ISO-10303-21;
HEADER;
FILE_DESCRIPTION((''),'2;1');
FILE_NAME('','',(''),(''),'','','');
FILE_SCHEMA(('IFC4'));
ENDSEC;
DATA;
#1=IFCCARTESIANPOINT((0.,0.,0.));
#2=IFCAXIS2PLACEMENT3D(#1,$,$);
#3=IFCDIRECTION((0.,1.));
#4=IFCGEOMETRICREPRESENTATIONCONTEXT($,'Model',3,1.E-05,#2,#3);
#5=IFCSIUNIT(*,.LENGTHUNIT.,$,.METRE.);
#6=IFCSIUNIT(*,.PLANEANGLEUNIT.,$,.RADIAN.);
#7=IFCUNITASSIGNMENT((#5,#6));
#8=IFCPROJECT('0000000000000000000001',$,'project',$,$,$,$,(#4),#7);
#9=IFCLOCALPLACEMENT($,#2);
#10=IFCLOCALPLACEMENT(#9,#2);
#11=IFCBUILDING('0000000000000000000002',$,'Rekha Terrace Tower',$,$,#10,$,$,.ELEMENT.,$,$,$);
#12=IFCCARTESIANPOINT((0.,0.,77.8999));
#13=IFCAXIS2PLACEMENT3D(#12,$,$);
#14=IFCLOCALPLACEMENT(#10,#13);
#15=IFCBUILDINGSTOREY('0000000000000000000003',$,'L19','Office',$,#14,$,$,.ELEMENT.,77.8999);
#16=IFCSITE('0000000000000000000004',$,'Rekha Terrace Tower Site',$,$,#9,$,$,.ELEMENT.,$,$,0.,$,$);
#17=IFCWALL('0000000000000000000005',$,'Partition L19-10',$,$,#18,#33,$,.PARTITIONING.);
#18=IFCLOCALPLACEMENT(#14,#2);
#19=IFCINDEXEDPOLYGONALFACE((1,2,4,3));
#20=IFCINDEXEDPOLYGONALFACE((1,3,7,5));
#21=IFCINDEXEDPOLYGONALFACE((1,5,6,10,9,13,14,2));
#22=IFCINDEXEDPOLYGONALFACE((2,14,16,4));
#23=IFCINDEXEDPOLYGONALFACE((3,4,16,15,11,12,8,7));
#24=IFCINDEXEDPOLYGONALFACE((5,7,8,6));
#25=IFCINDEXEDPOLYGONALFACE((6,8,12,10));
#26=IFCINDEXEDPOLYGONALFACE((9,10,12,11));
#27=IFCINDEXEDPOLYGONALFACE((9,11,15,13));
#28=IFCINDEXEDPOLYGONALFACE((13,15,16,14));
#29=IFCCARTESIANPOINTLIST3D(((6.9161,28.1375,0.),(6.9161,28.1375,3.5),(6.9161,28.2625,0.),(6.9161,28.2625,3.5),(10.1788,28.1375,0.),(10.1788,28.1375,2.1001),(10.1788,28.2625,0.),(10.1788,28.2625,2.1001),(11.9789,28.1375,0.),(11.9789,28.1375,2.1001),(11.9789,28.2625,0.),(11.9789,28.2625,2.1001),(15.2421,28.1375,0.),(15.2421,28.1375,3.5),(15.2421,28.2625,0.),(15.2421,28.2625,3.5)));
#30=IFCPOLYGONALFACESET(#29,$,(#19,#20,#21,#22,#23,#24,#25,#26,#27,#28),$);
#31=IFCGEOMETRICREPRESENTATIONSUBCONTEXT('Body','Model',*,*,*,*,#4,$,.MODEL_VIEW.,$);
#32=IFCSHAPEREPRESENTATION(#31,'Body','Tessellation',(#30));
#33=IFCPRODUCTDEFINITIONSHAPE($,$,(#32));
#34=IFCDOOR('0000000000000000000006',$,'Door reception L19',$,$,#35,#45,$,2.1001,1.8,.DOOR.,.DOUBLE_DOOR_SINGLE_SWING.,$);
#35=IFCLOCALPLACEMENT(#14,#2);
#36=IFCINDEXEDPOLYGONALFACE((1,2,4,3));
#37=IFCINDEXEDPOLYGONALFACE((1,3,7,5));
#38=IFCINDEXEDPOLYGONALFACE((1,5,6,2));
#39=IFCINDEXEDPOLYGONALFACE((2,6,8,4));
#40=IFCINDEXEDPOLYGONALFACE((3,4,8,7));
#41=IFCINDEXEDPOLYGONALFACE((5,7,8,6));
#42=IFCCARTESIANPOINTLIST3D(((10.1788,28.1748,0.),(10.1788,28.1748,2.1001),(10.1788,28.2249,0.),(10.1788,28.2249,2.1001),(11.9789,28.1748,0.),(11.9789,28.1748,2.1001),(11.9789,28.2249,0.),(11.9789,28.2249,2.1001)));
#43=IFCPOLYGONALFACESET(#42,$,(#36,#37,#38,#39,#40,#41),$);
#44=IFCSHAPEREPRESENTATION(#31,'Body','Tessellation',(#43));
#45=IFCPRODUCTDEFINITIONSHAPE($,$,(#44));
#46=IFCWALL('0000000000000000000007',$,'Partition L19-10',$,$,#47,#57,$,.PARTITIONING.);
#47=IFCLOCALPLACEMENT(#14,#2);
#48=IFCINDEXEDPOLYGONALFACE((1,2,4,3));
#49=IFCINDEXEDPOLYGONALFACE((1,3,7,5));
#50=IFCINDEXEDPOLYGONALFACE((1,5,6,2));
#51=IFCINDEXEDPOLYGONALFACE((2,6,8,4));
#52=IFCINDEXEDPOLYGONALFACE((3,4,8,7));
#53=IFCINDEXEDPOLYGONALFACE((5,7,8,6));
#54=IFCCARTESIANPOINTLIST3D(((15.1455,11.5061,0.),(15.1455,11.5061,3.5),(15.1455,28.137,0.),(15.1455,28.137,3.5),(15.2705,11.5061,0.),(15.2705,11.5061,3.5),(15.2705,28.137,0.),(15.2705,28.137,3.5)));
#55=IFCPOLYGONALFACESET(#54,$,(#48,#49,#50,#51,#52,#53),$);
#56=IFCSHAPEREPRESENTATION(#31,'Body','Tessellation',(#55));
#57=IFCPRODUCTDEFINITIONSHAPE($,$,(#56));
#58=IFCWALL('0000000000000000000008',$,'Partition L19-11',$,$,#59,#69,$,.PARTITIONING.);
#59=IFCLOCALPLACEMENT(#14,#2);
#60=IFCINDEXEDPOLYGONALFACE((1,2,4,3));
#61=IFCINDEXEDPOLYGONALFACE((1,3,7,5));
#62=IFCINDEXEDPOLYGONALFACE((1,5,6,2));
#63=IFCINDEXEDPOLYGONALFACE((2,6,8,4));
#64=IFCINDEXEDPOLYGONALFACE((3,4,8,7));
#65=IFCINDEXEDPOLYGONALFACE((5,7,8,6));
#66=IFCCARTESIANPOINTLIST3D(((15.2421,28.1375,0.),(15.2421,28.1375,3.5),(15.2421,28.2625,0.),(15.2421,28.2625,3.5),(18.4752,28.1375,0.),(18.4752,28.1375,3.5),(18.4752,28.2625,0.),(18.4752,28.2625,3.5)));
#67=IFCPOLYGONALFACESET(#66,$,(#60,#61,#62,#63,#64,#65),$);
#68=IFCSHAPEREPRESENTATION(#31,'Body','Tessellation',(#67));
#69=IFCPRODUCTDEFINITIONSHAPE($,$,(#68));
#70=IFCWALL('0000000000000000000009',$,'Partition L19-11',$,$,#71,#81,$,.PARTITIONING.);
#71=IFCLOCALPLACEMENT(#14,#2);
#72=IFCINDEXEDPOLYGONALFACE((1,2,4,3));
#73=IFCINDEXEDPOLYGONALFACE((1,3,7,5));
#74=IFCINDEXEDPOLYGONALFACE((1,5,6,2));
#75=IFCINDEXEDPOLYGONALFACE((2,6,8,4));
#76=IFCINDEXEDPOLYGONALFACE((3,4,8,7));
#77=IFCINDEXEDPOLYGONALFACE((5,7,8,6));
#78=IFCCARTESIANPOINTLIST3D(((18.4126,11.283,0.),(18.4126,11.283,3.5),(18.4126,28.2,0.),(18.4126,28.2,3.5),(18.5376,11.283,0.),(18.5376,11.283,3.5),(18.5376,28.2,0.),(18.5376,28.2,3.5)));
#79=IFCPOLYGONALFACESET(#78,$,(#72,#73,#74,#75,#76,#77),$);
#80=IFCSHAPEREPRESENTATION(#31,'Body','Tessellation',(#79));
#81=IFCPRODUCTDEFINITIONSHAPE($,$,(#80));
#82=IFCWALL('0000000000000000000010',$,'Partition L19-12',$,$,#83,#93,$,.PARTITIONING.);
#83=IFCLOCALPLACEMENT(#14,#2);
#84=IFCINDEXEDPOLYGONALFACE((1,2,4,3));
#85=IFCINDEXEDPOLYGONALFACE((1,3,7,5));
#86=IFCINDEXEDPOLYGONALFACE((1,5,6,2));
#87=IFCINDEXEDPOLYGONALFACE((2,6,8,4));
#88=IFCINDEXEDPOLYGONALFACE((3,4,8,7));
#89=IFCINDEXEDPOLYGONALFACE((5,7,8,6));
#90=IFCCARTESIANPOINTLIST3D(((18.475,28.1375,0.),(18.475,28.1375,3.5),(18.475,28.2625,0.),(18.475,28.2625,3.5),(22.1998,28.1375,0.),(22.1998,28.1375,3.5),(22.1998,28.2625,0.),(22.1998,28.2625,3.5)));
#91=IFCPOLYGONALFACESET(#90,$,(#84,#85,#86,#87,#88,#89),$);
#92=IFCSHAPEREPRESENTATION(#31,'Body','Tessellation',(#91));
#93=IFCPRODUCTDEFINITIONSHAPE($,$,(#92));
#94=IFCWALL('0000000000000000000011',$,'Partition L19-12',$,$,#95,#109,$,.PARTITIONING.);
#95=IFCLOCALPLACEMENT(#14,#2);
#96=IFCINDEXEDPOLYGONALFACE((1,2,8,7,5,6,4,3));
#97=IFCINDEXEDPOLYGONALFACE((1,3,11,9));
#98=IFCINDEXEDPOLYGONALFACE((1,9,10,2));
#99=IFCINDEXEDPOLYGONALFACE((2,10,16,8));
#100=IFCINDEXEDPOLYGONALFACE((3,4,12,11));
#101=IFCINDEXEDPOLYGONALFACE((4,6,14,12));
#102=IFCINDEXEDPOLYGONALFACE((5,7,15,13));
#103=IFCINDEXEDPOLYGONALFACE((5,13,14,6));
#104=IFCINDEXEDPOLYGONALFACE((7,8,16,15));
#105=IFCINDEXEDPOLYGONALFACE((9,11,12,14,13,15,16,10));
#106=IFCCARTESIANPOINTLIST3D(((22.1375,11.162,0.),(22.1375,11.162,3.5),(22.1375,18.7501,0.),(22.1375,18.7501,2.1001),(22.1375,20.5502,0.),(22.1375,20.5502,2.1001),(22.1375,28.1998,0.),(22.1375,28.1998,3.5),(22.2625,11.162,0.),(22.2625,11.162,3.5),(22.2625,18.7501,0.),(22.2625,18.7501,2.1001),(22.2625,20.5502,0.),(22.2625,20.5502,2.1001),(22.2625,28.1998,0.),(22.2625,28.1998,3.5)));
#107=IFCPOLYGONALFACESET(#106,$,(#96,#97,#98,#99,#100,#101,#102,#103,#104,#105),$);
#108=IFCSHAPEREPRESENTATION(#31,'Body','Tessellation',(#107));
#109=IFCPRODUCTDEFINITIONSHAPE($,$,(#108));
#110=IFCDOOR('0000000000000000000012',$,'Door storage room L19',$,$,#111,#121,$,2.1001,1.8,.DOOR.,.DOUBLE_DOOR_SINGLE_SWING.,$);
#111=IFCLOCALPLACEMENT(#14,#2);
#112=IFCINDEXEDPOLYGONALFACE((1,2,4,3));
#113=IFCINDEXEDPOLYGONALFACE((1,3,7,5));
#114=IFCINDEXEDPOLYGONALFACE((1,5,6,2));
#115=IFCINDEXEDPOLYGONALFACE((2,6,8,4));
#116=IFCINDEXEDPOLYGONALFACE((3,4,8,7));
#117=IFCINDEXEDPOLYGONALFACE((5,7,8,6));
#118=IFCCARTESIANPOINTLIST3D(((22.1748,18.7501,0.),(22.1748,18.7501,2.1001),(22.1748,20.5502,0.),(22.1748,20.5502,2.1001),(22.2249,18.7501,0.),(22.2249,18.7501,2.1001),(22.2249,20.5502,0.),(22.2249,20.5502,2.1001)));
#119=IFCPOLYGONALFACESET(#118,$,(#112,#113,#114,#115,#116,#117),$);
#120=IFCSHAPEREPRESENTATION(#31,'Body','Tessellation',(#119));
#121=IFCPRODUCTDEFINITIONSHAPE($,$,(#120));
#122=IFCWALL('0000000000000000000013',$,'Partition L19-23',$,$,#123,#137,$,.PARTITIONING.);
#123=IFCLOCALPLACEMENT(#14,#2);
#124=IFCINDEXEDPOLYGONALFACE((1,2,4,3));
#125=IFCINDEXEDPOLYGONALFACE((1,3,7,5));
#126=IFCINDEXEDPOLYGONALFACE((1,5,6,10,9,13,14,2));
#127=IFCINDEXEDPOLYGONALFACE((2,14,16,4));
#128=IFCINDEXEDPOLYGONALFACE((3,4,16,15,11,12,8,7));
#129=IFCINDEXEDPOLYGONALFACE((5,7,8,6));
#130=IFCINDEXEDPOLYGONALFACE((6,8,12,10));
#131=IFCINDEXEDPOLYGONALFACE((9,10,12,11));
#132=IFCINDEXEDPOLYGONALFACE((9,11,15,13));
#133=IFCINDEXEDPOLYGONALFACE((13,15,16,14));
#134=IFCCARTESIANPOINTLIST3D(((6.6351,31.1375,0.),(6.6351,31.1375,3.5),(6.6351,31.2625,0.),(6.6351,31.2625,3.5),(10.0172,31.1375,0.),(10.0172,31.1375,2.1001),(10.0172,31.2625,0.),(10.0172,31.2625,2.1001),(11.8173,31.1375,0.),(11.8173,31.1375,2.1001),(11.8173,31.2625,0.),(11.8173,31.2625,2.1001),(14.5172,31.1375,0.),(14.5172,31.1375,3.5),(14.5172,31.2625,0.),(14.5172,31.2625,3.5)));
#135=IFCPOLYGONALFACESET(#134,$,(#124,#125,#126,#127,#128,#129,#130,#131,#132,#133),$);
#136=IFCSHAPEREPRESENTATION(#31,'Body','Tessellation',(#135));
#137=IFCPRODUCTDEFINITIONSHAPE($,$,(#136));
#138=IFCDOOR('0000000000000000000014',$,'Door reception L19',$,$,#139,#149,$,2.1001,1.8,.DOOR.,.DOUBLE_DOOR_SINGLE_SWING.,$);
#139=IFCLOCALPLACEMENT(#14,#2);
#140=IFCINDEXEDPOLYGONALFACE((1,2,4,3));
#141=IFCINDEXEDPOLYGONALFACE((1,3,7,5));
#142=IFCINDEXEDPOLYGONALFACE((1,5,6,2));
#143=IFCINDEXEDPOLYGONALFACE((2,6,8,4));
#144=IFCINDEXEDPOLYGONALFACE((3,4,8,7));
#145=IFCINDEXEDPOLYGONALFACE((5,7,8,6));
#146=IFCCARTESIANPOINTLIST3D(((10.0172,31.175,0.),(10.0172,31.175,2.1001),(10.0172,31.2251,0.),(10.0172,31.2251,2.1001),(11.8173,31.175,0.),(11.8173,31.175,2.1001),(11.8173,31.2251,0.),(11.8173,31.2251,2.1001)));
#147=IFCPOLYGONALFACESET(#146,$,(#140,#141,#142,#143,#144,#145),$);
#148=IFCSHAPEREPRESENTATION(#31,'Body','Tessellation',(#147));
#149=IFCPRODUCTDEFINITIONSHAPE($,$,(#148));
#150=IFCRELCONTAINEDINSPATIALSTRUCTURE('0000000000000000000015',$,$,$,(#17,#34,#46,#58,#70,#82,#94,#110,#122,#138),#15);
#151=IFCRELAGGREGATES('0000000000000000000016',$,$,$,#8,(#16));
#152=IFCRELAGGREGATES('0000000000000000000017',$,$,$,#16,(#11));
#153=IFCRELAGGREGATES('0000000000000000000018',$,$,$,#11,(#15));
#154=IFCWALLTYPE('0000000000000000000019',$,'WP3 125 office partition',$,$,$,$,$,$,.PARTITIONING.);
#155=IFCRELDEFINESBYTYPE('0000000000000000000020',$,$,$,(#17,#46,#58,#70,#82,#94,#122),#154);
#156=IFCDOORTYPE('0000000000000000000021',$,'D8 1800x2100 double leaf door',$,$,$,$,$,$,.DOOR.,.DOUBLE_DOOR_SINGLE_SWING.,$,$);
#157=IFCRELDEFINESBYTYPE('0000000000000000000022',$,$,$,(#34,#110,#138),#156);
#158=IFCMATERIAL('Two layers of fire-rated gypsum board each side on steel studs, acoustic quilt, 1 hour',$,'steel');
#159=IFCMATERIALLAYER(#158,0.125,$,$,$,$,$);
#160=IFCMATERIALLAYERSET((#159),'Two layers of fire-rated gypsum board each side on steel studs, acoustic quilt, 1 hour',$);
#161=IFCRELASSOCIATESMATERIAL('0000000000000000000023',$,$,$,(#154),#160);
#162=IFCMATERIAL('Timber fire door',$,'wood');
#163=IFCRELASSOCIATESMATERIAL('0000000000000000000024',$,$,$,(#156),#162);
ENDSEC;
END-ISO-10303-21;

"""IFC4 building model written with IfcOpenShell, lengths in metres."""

from ifc_helpers import new_model, si_unit, direction, frame, frame_2d, origin, place, context, subcontext, project, spatial, rectangle, extrude, material, layer, layer_set, type_object, element, fill, save


model = new_model("IFC4")

# Units and contexts
model_context = context("Model", 3, precision=1e-05, world=origin(), true_north=direction((0.0, 1.0)))
body_context = subcontext(model_context, "Body", "Model", "MODEL_VIEW")
ifc_project = project(units=[si_unit("LENGTHUNIT", "METRE"), si_unit("PLANEANGLEUNIT", "RADIAN")], contexts=[model_context])

# Site, building, storey
site_placement = place(None, origin())
site = spatial("IfcSite", under=ifc_project, at=site_placement, Name="Rekha Terrace Tower Site", CompositionType="ELEMENT", RefElevation=0.0)
building_placement = place(site_placement, origin())
building = spatial("IfcBuilding", under=site, at=building_placement, Name="Rekha Terrace Tower", CompositionType="ELEMENT")
storey_placement = place(building_placement, frame((0.0, 0.0, 77.8999)))
storey = spatial("IfcBuildingStorey", under=building, at=storey_placement, Name="L19", Description="Office", CompositionType="ELEMENT", Elevation=77.8999)

# Shared definitions
ifc_material_1 = material(Name="Two layers of fire-rated gypsum board each side on steel studs, acoustic quilt, 1 hour", Category="steel")
ifc_layer_1 = layer(ifc_material_1, 0.125)
ifc_layer_set_1 = layer_set([ifc_layer_1], Name="Two layers of fire-rated gypsum board each side on steel studs, acoustic quilt, 1 hour")
wall_type_1 = type_object("IfcWallType", Name="WP3 125 office partition", PredefinedType="PARTITIONING", material=ifc_layer_set_1)

# Wall, opening, door
wall_1_placement = place(storey_placement, frame((6.916, 28.2, 0.0), z_axis=(0.0, 0.0, 1.0), x_axis=(1.0, 0.0, 0.0)))
wall_1 = element("IfcWall", 1, at=wall_1_placement, inside=storey, type_object=wall_type_1, Name="Partition L19-10", PredefinedType="PARTITIONING", context=body_context, shape_type="SweptSolid", body=[
    extrude(rectangle(XDim=8.3259, YDim=0.125, at=frame_2d((4.1631, 0.0))), origin(), (0.0, 0.0, 1.0), 3.5),
])
opening_1_placement = place(wall_1_placement, frame((3.2629, 0.0, 0.0)))
opening_1 = element("IfcOpeningElement", 2, at=opening_1_placement, cuts=wall_1, PredefinedType="OPENING", context=body_context, shape_type="SweptSolid", body=[
    extrude(rectangle(XDim=1.8, YDim=2.1001, at=frame_2d((0.8999, 1.05))), frame((0.0, 0.0725, 0.0), z_axis=(0.0, -1.0, 0.0), x_axis=(1.0, 0.0, 0.0)), (0.0, 0.0, 1.0), 0.145),
])
ifc_material_2 = material(Name="Timber fire door", Category="wood")
door_type = type_object("IfcDoorType", Name="D8 1800x2100 double leaf door", OperationType="DOUBLE_DOOR_SINGLE_SWING", PredefinedType="DOOR", material=ifc_material_2)
door_1_placement = place(opening_1_placement, origin())
door_1 = element("IfcDoor", 3, at=door_1_placement, inside=storey, type_object=door_type, Name="Door reception L19", OperationType="DOUBLE_DOOR_SINGLE_SWING", OverallHeight=2.1001, OverallWidth=1.8, PredefinedType="DOOR", context=body_context, shape_type="SweptSolid", body=[
    extrude(rectangle(XDim=1.8, YDim=2.1001, at=frame_2d((0.8999, 1.05))), frame((0.0, 0.0249, 0.0), z_axis=(0.0, -1.0, 0.0), x_axis=(1.0, 0.0, 0.0)), (0.0, 0.0, 1.0), 0.05),
])
fill(opening_1, door_1)

# Walls
wall_2_placement = place(storey_placement, frame((15.208, 28.137, 0.0), z_axis=(0.0, 0.0, 1.0), x_axis=(0.0, -1.0, 0.0)))
element("IfcWall", 4, at=wall_2_placement, inside=storey, type_object=wall_type_1, Name="Partition L19-10", PredefinedType="PARTITIONING", context=body_context, shape_type="SweptSolid", body=[
    extrude(rectangle(XDim=16.6309, YDim=0.125, at=frame_2d((8.3154, 0.0))), origin(), (0.0, 0.0, 1.0), 3.5),
])
wall_3_placement = place(storey_placement, frame((15.2419, 28.2, 0.0), z_axis=(0.0, 0.0, 1.0), x_axis=(1.0, 0.0, 0.0)))
element("IfcWall", 5, at=wall_3_placement, inside=storey, type_object=wall_type_1, Name="Partition L19-11", PredefinedType="PARTITIONING", context=body_context, shape_type="SweptSolid", body=[
    extrude(rectangle(XDim=3.2332, YDim=0.125, at=frame_2d((1.6167, 0.0))), origin(), (0.0, 0.0, 1.0), 3.5),
])
wall_4_placement = place(storey_placement, frame((18.4751, 28.2, 0.0), z_axis=(0.0, 0.0, 1.0), x_axis=(0.0, -1.0, 0.0)))
element("IfcWall", 6, at=wall_4_placement, inside=storey, type_object=wall_type_1, Name="Partition L19-11", PredefinedType="PARTITIONING", context=body_context, shape_type="SweptSolid", body=[
    extrude(rectangle(XDim=16.917, YDim=0.125, at=frame_2d((8.4585, 0.0))), origin(), (0.0, 0.0, 1.0), 3.5),
])
wall_5_placement = place(storey_placement, frame((18.4751, 28.2, 0.0), z_axis=(0.0, 0.0, 1.0), x_axis=(1.0, 0.0, 0.0)))
element("IfcWall", 7, at=wall_5_placement, inside=storey, type_object=wall_type_1, Name="Partition L19-12", PredefinedType="PARTITIONING", context=body_context, shape_type="SweptSolid", body=[
    extrude(rectangle(XDim=3.7249, YDim=0.125, at=frame_2d((1.8623, 0.0))), origin(), (0.0, 0.0, 1.0), 3.5),
])

# Walls, openings, doors
wall_6_placement = place(storey_placement, frame((22.2, 28.2, 0.0), z_axis=(0.0, 0.0, 1.0), x_axis=(0.0, -1.0, 0.0)))
wall_6 = element("IfcWall", 8, at=wall_6_placement, inside=storey, type_object=wall_type_1, Name="Partition L19-12", PredefinedType="PARTITIONING", context=body_context, shape_type="SweptSolid", body=[
    extrude(rectangle(XDim=17.0378, YDim=0.125, at=frame_2d((8.519, 0.0))), origin(), (0.0, 0.0, 1.0), 3.5),
])
opening_2_placement = place(wall_6_placement, frame((7.6499, 0.0, 0.0)))
opening_2 = element("IfcOpeningElement", 9, at=opening_2_placement, cuts=wall_6, PredefinedType="OPENING", context=body_context, shape_type="SweptSolid", body=[
    extrude(rectangle(XDim=1.8, YDim=2.1001, at=frame_2d((0.8999, 1.05))), frame((0.0, 0.0725, 0.0), z_axis=(0.0, -1.0, 0.0), x_axis=(1.0, 0.0, 0.0)), (0.0, 0.0, 1.0), 0.145),
])
door_2_placement = place(opening_2_placement, origin())
door_2 = element("IfcDoor", 10, at=door_2_placement, inside=storey, type_object=door_type, Name="Door storage room L19", OperationType="DOUBLE_DOOR_SINGLE_SWING", OverallHeight=2.1001, OverallWidth=1.8, PredefinedType="DOOR", context=body_context, shape_type="SweptSolid", body=[
    extrude(rectangle(XDim=1.8, YDim=2.1001, at=frame_2d((0.8999, 1.05))), frame((0.0, 0.0249, 0.0), z_axis=(0.0, -1.0, 0.0), x_axis=(1.0, 0.0, 0.0)), (0.0, 0.0, 1.0), 0.05),
])
fill(opening_2, door_2)
wall_7_placement = place(storey_placement, frame((14.5171, 31.2, 0.0), z_axis=(0.0, 0.0, 1.0), x_axis=(-1.0, 0.0, 0.0)))
wall_7 = element("IfcWall", 11, at=wall_7_placement, inside=storey, type_object=wall_type_1, Name="Partition L19-23", PredefinedType="PARTITIONING", context=body_context, shape_type="SweptSolid", body=[
    extrude(rectangle(XDim=7.8821, YDim=0.125, at=frame_2d((3.9409, 0.0))), origin(), (0.0, 0.0, 1.0), 3.5),
])
opening_3_placement = place(wall_7_placement, frame((2.7, 0.0, 0.0)))
opening_3 = element("IfcOpeningElement", 12, at=opening_3_placement, cuts=wall_7, PredefinedType="OPENING", context=body_context, shape_type="SweptSolid", body=[
    extrude(rectangle(XDim=1.8, YDim=2.1001, at=frame_2d((0.8999, 1.05))), frame((0.0, 0.0725, 0.0), z_axis=(0.0, -1.0, 0.0), x_axis=(1.0, 0.0, 0.0)), (0.0, 0.0, 1.0), 0.145),
])
door_3_placement = place(opening_3_placement, origin())
door_3 = element("IfcDoor", 13, at=door_3_placement, inside=storey, type_object=door_type, Name="Door reception L19", OperationType="DOUBLE_DOOR_SINGLE_SWING", OverallHeight=2.1001, OverallWidth=1.8, PredefinedType="DOOR", context=body_context, shape_type="SweptSolid", body=[
    extrude(rectangle(XDim=1.8, YDim=2.1001, at=frame_2d((0.8999, 1.05))), frame((0.0, 0.0249, 0.0), z_axis=(0.0, -1.0, 0.0), x_axis=(1.0, 0.0, 0.0)), (0.0, 0.0, 1.0), 0.05),
])
fill(opening_3, door_3)

save(model, "model.ifc")
